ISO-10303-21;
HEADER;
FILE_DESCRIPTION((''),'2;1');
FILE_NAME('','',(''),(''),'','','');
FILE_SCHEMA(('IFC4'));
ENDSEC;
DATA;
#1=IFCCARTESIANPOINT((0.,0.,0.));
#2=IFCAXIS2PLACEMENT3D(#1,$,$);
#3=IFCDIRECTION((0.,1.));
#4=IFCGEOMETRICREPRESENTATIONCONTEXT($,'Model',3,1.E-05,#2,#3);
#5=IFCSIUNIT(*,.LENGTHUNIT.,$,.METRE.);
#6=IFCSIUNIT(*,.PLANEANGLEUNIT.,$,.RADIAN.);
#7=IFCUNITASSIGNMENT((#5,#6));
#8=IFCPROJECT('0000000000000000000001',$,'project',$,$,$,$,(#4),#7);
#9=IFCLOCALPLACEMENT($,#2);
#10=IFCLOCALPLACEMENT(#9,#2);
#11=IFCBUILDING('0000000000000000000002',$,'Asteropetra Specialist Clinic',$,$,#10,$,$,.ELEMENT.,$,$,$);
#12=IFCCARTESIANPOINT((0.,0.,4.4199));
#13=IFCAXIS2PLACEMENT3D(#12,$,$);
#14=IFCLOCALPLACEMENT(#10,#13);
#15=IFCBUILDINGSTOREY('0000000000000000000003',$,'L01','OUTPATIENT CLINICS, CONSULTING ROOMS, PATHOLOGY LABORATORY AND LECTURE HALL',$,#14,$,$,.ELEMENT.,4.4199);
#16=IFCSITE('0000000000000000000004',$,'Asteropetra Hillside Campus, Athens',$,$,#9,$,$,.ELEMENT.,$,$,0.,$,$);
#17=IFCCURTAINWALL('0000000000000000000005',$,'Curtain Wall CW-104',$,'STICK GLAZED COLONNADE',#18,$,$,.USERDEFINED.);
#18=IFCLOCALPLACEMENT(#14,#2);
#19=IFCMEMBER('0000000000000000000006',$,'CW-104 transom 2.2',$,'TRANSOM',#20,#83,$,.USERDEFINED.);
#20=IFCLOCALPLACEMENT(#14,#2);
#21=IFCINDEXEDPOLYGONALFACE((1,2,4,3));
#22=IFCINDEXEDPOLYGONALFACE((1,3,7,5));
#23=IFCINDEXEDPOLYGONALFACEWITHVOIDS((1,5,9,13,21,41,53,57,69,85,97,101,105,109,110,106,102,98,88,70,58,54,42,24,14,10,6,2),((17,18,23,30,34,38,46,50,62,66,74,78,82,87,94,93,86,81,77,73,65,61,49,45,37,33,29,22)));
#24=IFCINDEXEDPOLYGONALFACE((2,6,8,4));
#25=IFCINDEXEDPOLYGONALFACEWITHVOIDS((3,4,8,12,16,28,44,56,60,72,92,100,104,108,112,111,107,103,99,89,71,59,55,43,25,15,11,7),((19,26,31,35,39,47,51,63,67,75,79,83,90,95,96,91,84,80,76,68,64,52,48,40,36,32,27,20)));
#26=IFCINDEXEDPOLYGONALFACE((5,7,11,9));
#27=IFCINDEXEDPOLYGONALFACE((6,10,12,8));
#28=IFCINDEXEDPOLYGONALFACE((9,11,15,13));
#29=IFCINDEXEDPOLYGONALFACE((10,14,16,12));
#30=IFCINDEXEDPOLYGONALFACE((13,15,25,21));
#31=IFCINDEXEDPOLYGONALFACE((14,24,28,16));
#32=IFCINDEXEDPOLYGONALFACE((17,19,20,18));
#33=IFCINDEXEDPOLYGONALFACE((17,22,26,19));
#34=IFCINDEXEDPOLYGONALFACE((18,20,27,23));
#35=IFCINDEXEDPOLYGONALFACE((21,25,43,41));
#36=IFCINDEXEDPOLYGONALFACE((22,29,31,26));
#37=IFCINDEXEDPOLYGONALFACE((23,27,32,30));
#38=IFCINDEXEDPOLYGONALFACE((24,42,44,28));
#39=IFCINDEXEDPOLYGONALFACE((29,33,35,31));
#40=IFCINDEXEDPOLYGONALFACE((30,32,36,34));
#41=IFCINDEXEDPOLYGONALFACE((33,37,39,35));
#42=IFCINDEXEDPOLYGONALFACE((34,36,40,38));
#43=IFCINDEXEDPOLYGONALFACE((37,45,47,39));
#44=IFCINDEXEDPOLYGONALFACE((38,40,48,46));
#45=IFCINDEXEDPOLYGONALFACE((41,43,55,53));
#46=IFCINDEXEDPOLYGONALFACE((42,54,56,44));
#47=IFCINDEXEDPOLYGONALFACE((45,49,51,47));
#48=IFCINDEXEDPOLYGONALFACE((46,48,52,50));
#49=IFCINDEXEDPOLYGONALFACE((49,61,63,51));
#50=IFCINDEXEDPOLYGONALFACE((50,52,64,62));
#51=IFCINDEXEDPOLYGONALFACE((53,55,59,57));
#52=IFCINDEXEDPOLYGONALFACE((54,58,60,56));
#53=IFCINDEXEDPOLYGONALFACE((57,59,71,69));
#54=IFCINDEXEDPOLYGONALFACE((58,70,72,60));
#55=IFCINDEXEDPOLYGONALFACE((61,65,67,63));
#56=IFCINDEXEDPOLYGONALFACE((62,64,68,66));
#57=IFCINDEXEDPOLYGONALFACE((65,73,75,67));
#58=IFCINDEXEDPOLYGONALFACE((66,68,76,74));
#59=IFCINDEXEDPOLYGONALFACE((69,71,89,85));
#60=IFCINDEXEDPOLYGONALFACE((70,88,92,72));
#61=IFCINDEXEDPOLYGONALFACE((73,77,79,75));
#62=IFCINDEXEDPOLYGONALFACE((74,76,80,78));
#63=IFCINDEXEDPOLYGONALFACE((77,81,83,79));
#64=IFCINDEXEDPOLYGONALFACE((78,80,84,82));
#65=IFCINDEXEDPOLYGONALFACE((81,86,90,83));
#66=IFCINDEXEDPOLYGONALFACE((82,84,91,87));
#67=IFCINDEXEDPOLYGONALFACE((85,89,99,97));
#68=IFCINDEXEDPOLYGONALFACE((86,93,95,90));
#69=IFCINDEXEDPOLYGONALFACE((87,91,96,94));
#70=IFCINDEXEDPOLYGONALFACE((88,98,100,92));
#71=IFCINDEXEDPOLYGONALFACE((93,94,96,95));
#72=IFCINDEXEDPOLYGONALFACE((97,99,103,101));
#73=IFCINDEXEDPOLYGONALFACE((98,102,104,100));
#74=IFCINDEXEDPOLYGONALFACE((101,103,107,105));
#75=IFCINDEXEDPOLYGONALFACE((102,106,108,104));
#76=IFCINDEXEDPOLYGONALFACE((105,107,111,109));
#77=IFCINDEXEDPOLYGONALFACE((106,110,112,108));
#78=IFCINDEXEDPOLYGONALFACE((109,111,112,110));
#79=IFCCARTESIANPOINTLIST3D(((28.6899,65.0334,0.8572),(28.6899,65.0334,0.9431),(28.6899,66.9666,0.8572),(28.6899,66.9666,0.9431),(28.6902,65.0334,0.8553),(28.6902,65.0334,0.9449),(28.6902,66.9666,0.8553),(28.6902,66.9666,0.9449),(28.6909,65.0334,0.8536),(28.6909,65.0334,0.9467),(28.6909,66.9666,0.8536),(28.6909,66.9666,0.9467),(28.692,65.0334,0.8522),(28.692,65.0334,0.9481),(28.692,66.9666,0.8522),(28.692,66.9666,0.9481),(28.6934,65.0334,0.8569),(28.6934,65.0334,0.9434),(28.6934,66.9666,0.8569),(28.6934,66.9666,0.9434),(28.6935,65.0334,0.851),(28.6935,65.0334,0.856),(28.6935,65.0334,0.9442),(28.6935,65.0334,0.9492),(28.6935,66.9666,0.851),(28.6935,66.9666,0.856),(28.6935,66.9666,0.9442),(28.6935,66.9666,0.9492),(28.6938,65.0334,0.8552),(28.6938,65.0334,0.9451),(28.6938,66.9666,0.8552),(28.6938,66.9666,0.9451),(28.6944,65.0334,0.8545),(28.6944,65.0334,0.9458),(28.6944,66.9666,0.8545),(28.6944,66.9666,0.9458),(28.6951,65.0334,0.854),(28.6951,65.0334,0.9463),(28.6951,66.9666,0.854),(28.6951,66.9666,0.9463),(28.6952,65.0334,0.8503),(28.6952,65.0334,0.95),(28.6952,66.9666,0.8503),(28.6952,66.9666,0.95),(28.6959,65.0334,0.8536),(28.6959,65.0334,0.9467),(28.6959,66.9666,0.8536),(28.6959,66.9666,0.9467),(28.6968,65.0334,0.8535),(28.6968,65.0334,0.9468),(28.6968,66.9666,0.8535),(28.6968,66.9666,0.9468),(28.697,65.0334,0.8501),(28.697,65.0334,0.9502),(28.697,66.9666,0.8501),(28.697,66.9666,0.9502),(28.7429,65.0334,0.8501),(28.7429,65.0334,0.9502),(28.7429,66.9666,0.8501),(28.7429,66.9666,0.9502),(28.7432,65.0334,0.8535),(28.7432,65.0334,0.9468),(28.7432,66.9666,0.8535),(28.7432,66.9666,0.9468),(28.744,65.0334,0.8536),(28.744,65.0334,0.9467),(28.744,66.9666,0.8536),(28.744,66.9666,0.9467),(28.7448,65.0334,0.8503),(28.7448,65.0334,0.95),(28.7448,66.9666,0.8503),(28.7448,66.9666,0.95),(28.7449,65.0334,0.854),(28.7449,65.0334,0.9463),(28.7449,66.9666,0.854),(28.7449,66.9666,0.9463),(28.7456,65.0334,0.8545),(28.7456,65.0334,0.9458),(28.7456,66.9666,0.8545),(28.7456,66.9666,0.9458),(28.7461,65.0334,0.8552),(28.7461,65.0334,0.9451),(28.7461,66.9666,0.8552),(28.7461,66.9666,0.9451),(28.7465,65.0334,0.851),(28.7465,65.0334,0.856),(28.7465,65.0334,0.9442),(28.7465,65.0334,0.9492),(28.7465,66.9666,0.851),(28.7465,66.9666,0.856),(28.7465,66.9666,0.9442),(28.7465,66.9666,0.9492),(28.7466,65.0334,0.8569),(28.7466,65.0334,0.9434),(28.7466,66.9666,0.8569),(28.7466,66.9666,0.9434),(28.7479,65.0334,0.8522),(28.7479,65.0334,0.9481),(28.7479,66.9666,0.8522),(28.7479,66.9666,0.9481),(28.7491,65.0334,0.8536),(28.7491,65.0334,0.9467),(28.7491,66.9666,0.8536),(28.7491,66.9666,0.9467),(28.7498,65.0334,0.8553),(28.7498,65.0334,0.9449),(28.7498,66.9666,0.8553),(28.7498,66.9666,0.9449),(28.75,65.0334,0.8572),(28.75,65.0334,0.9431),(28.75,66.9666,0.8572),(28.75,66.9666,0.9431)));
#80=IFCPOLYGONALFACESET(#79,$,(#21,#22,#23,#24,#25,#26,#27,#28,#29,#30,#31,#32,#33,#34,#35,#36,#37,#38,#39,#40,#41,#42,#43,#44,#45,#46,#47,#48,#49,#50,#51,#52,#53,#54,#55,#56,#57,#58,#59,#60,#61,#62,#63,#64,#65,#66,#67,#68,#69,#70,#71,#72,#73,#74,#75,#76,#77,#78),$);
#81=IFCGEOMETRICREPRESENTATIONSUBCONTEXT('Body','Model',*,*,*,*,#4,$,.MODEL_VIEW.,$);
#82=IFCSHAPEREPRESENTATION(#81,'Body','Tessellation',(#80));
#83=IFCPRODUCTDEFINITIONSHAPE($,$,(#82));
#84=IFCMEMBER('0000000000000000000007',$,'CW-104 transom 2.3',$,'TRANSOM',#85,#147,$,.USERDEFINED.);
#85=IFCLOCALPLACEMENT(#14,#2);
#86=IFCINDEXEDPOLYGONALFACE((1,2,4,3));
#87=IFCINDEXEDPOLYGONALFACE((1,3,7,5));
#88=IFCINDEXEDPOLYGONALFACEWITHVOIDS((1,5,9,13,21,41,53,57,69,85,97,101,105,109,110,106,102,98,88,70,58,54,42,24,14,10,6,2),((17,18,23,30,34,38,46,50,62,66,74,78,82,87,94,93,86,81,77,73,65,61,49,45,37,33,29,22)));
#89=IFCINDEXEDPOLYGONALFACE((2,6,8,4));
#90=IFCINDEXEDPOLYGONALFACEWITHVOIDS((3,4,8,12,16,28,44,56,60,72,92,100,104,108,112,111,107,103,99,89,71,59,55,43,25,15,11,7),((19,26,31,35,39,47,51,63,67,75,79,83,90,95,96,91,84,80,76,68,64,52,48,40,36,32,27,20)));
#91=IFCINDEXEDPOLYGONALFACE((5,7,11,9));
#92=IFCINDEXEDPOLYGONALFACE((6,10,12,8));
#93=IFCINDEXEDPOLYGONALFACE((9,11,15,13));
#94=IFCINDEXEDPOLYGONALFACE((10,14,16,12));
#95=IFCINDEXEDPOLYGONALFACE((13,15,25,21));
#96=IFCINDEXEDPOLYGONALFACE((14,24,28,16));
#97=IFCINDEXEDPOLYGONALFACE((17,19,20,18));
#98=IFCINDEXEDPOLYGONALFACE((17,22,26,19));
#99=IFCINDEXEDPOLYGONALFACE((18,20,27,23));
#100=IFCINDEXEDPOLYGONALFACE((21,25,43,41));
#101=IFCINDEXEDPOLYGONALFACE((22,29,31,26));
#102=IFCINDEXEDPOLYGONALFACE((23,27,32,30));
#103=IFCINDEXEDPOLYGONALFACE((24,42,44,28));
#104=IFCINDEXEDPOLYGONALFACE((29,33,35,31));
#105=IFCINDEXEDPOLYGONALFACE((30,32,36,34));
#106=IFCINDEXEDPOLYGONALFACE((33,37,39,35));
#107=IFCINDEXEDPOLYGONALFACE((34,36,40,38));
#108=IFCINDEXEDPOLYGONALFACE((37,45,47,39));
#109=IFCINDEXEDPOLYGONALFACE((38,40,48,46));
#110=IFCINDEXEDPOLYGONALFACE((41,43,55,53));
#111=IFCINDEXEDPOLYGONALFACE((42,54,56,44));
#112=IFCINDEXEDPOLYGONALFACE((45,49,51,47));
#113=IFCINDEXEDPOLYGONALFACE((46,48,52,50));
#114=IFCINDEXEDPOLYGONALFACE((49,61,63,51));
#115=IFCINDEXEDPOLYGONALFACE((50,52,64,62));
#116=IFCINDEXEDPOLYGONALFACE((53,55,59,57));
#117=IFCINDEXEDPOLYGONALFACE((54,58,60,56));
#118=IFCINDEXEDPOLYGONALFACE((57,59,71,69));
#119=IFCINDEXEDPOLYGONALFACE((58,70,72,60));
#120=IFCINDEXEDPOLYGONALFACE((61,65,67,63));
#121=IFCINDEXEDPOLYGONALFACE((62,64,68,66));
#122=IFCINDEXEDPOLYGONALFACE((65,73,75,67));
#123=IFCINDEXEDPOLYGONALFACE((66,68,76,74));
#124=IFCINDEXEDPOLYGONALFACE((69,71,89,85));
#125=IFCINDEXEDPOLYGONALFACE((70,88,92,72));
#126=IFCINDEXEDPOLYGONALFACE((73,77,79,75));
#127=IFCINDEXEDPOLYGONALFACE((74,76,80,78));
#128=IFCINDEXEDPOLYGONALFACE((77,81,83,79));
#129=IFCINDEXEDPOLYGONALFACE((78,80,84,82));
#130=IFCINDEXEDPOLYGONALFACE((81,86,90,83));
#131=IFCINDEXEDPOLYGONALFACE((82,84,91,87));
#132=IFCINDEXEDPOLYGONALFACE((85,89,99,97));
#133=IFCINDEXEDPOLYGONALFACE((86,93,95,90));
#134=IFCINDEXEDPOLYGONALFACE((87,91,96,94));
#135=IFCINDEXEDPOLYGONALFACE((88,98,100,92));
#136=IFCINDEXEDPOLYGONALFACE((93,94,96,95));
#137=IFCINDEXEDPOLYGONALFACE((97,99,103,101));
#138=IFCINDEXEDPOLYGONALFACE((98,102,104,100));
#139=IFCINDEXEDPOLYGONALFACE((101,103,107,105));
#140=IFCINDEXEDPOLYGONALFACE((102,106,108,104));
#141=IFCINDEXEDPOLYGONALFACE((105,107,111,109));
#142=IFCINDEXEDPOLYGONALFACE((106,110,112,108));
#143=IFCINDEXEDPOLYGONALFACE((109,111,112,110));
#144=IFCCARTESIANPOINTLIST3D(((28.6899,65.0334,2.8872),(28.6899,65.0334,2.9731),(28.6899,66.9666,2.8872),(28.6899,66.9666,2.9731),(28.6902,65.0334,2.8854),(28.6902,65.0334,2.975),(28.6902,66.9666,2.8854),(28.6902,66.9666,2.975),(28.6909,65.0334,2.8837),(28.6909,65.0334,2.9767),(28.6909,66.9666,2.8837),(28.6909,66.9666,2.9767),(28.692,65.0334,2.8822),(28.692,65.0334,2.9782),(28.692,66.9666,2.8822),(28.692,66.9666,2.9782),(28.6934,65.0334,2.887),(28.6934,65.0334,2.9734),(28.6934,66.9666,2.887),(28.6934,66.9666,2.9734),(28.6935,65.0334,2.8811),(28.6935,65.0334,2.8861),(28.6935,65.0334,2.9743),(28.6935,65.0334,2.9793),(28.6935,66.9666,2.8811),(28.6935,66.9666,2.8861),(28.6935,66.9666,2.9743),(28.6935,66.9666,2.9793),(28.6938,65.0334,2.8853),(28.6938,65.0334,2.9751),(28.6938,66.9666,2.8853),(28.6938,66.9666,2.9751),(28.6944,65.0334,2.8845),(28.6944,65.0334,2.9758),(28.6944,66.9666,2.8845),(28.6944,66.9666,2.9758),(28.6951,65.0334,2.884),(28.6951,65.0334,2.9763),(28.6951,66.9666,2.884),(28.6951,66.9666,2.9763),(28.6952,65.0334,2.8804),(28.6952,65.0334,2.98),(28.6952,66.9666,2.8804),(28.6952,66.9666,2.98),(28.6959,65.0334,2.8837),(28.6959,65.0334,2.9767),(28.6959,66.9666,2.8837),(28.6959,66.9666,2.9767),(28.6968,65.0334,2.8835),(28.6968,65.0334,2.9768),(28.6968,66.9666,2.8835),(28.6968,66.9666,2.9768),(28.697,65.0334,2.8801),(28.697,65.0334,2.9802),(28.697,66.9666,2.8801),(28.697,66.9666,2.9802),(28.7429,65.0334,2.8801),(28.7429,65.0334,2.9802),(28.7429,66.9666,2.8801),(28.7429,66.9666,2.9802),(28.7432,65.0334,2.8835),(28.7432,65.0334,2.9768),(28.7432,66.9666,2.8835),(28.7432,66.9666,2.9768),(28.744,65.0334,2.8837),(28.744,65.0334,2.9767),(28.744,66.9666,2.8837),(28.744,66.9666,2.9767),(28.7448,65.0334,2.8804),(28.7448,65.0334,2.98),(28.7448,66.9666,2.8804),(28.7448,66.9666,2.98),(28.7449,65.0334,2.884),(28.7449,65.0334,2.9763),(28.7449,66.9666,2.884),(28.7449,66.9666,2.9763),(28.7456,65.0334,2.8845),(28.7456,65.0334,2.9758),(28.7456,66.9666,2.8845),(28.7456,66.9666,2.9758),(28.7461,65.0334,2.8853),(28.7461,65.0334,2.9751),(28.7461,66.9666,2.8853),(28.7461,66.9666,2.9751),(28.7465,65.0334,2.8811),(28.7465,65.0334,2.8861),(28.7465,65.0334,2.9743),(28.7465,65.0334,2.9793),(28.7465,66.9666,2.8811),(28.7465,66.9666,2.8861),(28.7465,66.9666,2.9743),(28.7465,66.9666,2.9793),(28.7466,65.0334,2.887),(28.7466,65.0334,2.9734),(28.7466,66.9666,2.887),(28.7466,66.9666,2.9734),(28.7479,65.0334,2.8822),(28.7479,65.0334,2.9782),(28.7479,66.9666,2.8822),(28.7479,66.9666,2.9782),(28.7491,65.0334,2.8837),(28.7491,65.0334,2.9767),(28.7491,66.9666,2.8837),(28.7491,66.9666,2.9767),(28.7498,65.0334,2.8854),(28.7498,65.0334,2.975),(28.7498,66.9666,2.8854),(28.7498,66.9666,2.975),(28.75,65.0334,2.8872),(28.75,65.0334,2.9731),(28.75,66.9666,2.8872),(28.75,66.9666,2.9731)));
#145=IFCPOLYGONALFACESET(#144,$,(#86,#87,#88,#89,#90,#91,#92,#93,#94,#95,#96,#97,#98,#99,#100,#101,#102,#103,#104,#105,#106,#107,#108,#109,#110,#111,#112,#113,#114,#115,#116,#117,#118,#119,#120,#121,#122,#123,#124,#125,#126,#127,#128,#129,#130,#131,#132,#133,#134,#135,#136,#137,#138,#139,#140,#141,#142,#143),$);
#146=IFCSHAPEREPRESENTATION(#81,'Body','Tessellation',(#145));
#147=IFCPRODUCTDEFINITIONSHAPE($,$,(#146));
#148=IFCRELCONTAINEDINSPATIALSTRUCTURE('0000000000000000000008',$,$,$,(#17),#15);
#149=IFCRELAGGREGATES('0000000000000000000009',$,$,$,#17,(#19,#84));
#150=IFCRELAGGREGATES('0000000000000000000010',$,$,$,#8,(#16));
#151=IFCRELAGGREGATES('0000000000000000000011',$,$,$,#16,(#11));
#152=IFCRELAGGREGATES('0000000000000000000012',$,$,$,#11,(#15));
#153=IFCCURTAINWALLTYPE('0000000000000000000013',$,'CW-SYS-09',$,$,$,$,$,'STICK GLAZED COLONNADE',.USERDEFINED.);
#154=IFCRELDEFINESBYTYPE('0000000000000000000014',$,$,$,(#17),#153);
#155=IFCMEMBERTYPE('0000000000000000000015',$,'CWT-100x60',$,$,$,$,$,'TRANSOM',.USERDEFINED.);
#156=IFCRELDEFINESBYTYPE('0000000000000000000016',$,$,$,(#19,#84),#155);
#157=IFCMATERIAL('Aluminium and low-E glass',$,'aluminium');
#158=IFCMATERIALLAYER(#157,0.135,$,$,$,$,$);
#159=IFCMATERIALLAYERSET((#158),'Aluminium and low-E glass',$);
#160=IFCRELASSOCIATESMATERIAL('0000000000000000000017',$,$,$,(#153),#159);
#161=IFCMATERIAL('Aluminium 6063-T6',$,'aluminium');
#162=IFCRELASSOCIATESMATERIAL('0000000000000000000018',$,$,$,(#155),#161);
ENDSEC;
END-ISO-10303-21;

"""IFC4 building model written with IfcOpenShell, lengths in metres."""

from ifc_helpers import new_model, si_unit, direction, frame, origin, origin_2d, place, context, subcontext, project, spatial, hollow_rectangle, extrude, material, layer, layer_set, material_profile, profile_set, type_object, element, aggregate, save


model = new_model("IFC4")

# Units and contexts
model_context = context("Model", 3, precision=1e-05, world=origin(), true_north=direction((0.0, 1.0)))
body_context = subcontext(model_context, "Body", "Model", "MODEL_VIEW")
ifc_project = project(units=[si_unit("LENGTHUNIT", "METRE"), si_unit("PLANEANGLEUNIT", "RADIAN")], contexts=[model_context])

# Site, building, storey
site_placement = place(None, origin())
site = spatial("IfcSite", under=ifc_project, at=site_placement, Name="Asteropetra Hillside Campus, Athens", CompositionType="ELEMENT", RefElevation=0.0)
building_placement = place(site_placement, origin())
building = spatial("IfcBuilding", under=site, at=building_placement, Name="Asteropetra Specialist Clinic", CompositionType="ELEMENT")
storey_placement = place(building_placement, frame((0.0, 0.0, 4.4199)))
storey = spatial("IfcBuildingStorey", under=building, at=storey_placement, Name="L01", Description="OUTPATIENT CLINICS, CONSULTING ROOMS, PATHOLOGY LABORATORY AND LECTURE HALL", CompositionType="ELEMENT", Elevation=4.4199)

# Curtain wall, members
ifc_material_1 = material(Name="Aluminium and low-E glass", Category="aluminium")
ifc_layer_1 = layer(ifc_material_1, 0.135)
ifc_layer_set_1 = layer_set([ifc_layer_1], Name="Aluminium and low-E glass")
curtain_wall_type = type_object("IfcCurtainWallType", Name="CW-SYS-09", ElementType="STICK GLAZED COLONNADE", PredefinedType="USERDEFINED", material=ifc_layer_set_1)
curtain_wall_placement = place(storey_placement, origin())
curtain_wall = element("IfcCurtainWall", 1, at=curtain_wall_placement, inside=storey, type_object=curtain_wall_type, Name="Curtain Wall CW-104", ObjectType="STICK GLAZED COLONNADE", PredefinedType="USERDEFINED")
ifc_material_2 = material(Name="Aluminium 6063-T6", Category="aluminium")
ifc_material_profile_1 = material_profile(ifc_material_2, hollow_rectangle(XDim=0.0601, YDim=0.1001, WallThickness=0.0034, InnerFilletRadius=0.0034, OuterFilletRadius=0.0071, at=origin_2d()), Name="TRN 100x60x3.5")
ifc_profile_set_1 = profile_set([ifc_material_profile_1], Name="Aluminium 6063-T6")
member_type_1 = type_object("IfcMemberType", Name="CWT-100x60", ElementType="TRANSOM", PredefinedType="USERDEFINED", material=ifc_profile_set_1)
member_1_placement = place(storey_placement, frame((28.72, 66.9666, 0.9001), z_axis=(0.0, -1.0, 0.0), x_axis=(1.0, 0.0, 0.0)))
member_1 = element("IfcMember", 2, at=member_1_placement, type_object=member_type_1, Name="CW-104 transom 2.2", ObjectType="TRANSOM", PredefinedType="USERDEFINED", context=body_context, shape_type="SweptSolid", body=[
    extrude(hollow_rectangle(XDim=0.0601, YDim=0.1001, WallThickness=0.0034, InnerFilletRadius=0.0034, OuterFilletRadius=0.0071, at=origin_2d()), origin(), (0.0, 0.0, 1.0), 1.9331),
])
member_2_placement = place(storey_placement, frame((28.72, 66.9666, 2.9302), z_axis=(0.0, -1.0, 0.0), x_axis=(1.0, 0.0, 0.0)))
member_2 = element("IfcMember", 3, at=member_2_placement, type_object=member_type_1, Name="CW-104 transom 2.3", ObjectType="TRANSOM", PredefinedType="USERDEFINED", context=body_context, shape_type="SweptSolid", body=[
    extrude(hollow_rectangle(XDim=0.0601, YDim=0.1001, WallThickness=0.0034, InnerFilletRadius=0.0034, OuterFilletRadius=0.0071, at=origin_2d()), origin(), (0.0, 0.0, 1.0), 1.9331),
])
aggregate(curtain_wall, [member_1, member_2])

save(model, "model.ifc")
